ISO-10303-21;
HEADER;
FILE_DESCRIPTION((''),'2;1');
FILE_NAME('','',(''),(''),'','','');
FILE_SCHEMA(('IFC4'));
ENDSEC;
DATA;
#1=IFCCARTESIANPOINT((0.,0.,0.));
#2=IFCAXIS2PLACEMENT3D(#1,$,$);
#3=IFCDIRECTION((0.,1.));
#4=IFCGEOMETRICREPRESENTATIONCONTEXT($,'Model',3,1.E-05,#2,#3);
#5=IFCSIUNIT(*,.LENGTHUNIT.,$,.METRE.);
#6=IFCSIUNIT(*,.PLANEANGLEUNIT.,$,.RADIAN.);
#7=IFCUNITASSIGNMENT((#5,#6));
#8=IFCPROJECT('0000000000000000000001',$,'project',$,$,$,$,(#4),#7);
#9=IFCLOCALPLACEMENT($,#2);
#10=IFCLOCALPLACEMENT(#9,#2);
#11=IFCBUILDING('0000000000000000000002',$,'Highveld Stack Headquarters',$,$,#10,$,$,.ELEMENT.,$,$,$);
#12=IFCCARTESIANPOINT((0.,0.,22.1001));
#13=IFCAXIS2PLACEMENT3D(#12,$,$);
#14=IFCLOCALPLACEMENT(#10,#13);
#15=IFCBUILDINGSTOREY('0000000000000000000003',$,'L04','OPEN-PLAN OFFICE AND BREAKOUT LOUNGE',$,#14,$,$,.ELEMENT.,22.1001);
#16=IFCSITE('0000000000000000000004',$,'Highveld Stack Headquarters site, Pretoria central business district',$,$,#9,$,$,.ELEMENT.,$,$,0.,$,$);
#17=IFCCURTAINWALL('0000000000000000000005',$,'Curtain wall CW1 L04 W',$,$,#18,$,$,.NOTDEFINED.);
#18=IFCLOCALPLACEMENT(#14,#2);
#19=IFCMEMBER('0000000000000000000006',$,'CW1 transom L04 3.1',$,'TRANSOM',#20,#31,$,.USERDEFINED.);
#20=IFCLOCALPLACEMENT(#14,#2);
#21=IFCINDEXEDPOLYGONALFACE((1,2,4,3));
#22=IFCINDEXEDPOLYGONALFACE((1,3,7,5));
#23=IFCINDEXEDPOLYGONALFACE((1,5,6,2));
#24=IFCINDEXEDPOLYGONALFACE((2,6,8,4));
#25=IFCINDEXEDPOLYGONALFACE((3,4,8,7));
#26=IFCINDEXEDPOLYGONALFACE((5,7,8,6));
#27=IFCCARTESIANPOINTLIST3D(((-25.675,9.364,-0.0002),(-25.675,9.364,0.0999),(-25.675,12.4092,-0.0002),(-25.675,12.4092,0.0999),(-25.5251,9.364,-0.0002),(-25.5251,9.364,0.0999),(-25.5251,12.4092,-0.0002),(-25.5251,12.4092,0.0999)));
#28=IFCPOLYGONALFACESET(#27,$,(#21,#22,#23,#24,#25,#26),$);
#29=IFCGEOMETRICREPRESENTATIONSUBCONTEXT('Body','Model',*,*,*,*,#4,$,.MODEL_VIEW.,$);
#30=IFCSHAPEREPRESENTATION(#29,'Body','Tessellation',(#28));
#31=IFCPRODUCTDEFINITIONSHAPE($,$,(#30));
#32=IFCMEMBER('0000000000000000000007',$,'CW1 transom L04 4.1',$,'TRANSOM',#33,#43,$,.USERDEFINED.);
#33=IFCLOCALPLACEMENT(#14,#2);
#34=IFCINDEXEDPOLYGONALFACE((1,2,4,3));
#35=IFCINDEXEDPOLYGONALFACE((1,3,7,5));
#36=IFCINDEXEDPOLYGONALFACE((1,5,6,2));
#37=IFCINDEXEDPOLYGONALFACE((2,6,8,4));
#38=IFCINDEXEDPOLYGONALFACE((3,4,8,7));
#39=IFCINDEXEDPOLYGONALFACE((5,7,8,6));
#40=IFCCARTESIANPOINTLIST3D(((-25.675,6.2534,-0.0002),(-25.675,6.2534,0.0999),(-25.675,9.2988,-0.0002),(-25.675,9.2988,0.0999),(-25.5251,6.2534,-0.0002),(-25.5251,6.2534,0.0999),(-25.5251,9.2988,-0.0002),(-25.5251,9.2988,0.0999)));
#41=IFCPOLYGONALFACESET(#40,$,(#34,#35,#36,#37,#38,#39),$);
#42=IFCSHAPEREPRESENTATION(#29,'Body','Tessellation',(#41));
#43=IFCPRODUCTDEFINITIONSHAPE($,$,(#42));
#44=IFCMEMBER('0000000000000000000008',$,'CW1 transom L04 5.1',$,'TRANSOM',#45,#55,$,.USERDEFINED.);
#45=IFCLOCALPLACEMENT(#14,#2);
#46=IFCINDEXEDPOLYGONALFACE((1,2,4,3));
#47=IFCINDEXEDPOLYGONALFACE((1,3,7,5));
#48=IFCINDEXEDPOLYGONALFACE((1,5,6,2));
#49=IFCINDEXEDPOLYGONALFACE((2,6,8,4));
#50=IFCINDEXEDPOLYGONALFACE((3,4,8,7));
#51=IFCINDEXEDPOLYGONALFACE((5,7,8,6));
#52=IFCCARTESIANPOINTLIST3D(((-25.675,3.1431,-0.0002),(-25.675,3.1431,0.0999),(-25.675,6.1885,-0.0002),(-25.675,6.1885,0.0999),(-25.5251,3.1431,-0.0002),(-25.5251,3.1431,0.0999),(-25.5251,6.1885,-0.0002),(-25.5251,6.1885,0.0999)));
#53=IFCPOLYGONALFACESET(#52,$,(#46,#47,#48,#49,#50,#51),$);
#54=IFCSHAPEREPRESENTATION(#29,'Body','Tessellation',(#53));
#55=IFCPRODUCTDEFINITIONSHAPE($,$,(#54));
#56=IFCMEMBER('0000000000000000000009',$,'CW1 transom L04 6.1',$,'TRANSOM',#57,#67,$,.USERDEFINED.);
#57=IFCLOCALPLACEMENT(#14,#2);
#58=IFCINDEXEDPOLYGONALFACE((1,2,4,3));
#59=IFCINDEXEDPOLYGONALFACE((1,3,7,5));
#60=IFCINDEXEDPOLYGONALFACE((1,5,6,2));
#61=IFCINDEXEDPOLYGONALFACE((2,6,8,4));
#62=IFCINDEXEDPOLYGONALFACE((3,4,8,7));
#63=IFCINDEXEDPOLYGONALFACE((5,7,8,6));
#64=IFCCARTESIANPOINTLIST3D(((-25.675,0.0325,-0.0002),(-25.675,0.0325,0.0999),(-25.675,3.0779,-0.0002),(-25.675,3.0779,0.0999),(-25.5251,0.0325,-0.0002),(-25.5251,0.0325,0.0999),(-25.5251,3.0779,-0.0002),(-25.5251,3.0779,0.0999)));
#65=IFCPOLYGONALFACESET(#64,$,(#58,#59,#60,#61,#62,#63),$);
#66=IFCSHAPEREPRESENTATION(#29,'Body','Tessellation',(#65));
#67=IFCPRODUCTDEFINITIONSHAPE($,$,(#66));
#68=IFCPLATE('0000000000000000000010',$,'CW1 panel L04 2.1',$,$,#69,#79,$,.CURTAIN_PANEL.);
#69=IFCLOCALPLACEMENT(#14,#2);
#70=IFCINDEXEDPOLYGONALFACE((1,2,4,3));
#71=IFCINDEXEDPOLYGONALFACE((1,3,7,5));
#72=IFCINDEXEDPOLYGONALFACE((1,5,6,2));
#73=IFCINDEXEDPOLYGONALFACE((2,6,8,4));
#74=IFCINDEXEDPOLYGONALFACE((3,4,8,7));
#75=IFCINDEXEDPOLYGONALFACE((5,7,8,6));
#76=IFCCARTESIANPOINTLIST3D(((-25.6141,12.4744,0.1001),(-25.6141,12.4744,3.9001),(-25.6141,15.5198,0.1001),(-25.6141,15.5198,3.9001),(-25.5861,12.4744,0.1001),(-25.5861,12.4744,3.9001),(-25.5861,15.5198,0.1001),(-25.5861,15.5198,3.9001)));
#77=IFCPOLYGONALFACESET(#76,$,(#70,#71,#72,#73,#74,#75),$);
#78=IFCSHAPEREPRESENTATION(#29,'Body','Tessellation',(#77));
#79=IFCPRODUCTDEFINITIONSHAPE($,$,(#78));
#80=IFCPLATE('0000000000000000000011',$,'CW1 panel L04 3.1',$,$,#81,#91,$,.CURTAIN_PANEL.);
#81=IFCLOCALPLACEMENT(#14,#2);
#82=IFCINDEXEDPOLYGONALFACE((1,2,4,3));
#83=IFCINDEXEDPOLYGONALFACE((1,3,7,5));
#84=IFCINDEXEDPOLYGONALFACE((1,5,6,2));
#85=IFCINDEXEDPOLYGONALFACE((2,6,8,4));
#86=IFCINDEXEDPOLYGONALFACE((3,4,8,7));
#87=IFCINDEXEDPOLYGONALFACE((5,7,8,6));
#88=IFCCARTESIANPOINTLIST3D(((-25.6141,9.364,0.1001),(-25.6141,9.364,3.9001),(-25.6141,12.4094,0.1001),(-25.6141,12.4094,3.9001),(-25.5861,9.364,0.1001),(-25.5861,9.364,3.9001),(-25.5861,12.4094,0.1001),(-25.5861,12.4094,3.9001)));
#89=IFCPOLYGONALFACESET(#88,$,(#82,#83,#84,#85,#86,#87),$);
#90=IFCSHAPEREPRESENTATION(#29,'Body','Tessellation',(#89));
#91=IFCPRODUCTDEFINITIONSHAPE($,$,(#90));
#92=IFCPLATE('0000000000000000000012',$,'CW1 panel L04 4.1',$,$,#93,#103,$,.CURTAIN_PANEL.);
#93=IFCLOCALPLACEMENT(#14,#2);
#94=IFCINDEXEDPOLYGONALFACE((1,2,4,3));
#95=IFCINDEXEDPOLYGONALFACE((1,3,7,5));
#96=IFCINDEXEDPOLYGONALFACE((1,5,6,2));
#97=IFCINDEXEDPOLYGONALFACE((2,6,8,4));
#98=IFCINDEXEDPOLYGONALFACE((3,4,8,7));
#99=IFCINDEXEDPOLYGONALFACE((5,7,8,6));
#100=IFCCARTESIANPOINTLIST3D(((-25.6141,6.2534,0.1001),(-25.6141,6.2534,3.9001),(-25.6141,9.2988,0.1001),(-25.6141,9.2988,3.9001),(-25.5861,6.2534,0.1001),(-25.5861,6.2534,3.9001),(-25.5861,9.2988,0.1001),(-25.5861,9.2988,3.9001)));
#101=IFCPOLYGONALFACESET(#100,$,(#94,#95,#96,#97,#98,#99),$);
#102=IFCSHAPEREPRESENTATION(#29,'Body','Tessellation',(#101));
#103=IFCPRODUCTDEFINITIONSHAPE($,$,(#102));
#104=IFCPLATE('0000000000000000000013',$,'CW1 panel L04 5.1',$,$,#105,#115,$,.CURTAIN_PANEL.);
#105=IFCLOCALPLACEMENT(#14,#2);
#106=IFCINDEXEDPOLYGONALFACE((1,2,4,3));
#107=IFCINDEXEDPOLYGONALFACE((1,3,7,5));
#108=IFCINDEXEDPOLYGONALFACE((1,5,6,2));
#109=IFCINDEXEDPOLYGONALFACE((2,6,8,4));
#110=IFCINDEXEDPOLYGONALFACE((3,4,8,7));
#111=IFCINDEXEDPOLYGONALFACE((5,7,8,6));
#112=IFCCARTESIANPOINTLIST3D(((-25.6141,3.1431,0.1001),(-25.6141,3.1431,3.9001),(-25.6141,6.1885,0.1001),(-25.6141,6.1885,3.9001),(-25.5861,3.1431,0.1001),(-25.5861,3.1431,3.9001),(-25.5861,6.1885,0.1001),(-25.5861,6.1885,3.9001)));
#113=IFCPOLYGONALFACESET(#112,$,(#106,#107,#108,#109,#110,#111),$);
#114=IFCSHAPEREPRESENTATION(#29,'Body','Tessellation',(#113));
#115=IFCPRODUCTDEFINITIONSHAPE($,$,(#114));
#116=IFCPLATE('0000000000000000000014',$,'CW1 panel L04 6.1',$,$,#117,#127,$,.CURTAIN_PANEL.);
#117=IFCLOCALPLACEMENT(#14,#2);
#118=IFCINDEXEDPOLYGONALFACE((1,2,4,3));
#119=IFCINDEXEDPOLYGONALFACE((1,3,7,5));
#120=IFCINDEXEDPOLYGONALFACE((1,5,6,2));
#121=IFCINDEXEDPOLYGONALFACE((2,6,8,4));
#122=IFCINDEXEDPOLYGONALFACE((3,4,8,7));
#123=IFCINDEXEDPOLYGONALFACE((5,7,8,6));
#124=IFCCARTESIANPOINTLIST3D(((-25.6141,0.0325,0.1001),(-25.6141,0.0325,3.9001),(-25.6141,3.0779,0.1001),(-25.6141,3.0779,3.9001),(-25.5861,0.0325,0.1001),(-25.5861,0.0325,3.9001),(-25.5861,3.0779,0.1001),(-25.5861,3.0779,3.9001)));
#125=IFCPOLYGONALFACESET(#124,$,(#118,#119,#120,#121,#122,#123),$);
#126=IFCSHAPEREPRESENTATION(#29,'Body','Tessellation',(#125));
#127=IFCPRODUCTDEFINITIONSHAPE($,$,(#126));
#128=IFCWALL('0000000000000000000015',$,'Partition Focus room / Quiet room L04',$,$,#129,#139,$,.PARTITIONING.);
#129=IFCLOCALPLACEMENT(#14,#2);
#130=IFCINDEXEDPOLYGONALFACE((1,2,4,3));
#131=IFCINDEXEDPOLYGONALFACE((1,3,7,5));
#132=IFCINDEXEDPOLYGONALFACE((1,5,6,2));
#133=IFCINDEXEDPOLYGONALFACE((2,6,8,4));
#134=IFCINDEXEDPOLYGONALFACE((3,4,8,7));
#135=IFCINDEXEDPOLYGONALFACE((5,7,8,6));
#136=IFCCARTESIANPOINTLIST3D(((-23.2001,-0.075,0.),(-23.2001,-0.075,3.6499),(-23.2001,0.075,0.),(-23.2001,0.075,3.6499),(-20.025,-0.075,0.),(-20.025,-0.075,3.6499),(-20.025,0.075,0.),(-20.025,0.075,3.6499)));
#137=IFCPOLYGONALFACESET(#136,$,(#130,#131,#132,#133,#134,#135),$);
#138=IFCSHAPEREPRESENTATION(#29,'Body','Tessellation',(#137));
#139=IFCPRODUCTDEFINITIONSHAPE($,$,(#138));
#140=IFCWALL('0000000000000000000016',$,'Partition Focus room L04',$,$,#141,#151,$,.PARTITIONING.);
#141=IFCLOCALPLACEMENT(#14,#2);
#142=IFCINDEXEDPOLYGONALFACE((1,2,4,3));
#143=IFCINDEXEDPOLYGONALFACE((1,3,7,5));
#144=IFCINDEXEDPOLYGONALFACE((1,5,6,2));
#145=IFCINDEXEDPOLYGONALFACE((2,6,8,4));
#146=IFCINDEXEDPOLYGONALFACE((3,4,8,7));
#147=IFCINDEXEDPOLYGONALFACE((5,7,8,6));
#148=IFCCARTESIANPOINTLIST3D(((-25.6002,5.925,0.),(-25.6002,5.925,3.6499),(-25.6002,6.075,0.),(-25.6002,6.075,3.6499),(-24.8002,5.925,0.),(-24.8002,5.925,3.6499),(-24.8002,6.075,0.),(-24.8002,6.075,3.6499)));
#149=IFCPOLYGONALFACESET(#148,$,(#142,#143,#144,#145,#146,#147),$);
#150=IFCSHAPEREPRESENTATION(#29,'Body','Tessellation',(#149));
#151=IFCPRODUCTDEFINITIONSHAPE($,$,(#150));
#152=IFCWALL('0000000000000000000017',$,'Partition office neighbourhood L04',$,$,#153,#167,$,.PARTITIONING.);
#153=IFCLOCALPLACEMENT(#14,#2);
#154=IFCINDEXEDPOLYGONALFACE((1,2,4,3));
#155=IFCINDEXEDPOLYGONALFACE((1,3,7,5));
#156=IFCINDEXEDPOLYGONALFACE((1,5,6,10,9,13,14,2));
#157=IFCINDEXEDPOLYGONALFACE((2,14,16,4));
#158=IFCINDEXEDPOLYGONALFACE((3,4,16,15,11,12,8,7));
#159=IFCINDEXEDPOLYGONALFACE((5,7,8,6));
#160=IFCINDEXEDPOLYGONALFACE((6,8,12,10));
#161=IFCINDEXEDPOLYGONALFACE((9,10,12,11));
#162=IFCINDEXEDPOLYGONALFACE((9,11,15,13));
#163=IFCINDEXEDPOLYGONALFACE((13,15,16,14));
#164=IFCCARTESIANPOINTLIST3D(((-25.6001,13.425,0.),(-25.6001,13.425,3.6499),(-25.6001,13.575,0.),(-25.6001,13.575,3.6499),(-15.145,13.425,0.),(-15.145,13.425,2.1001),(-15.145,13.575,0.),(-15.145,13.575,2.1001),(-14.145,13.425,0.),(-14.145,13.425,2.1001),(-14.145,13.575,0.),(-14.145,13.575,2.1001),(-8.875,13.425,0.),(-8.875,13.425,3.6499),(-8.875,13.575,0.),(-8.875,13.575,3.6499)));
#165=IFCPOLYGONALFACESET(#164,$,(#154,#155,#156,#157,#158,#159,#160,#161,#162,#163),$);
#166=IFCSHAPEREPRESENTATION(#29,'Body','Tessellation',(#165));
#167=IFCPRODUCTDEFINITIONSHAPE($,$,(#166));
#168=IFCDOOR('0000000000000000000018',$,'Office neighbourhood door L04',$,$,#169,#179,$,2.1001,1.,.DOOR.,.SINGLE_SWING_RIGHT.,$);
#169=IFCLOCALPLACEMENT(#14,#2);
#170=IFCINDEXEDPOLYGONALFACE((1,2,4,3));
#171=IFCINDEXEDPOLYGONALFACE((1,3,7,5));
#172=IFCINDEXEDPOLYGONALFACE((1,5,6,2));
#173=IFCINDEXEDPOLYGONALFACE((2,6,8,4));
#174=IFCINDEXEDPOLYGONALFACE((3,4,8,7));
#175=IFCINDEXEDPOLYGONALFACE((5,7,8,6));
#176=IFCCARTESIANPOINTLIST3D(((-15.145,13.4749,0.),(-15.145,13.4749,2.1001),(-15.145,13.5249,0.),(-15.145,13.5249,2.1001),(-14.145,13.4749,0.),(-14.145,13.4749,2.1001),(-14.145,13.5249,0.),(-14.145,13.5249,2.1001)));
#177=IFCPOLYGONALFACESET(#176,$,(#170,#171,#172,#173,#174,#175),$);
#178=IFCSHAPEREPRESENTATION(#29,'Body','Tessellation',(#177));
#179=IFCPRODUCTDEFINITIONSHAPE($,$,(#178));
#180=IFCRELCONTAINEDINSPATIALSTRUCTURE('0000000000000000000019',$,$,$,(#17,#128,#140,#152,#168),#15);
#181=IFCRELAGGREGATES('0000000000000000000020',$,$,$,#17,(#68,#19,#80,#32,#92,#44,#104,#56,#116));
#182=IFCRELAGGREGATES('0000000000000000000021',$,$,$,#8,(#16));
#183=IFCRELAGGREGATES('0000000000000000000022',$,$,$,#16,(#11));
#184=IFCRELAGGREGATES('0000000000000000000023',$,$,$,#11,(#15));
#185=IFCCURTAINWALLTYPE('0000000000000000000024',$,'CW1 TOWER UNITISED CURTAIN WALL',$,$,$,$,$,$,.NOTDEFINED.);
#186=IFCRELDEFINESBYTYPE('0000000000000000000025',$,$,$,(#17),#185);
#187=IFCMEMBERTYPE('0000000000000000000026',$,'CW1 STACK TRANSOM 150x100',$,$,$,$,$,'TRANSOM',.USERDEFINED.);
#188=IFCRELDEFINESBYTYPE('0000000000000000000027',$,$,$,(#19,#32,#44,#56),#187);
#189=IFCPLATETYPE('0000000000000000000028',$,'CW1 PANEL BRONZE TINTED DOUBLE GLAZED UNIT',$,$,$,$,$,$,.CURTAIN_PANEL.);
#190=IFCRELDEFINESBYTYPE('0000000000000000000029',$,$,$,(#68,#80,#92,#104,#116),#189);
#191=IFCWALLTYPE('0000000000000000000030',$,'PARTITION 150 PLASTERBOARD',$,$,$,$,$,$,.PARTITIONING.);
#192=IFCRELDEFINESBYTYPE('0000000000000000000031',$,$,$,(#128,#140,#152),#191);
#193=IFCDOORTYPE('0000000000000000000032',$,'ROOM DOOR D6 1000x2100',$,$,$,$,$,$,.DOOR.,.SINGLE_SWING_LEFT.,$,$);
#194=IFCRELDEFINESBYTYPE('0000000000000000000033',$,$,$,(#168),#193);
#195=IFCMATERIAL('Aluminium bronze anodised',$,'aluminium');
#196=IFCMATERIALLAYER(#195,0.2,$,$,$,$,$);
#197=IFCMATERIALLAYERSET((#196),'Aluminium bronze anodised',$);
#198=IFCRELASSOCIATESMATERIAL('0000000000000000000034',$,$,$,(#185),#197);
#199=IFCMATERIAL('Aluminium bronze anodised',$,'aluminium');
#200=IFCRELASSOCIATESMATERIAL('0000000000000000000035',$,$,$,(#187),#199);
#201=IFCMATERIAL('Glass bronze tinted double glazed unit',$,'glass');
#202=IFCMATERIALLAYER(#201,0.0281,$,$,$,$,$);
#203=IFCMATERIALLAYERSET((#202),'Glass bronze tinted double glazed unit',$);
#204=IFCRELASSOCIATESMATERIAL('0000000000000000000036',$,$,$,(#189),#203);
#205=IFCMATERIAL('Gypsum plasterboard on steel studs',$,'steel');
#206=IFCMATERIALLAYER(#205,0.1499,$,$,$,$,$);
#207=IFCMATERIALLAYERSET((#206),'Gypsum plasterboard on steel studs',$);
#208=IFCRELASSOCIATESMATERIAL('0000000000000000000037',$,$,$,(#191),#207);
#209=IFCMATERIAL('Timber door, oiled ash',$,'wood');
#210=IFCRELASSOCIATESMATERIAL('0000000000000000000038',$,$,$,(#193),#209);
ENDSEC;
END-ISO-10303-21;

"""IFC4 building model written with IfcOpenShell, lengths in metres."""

from ifc_helpers import new_model, si_unit, direction, frame, frame_2d, origin, origin_2d, place, context, subcontext, project, spatial, rectangle, extrude, material, layer, layer_set, material_profile, profile_set, type_object, element, fill, aggregate, save


model = new_model("IFC4")

# Units and contexts
model_context = context("Model", 3, precision=1e-05, world=origin(), true_north=direction((0.0, 1.0)))
body_context = subcontext(model_context, "Body", "Model", "MODEL_VIEW")
ifc_project = project(units=[si_unit("LENGTHUNIT", "METRE"), si_unit("PLANEANGLEUNIT", "RADIAN")], contexts=[model_context])

# Site, building, storey
site_placement = place(None, origin())
site = spatial("IfcSite", under=ifc_project, at=site_placement, Name="Highveld Stack Headquarters site, Pretoria central business district", CompositionType="ELEMENT", RefElevation=0.0)
building_placement = place(site_placement, origin())
building = spatial("IfcBuilding", under=site, at=building_placement, Name="Highveld Stack Headquarters", CompositionType="ELEMENT")
storey_placement = place(building_placement, frame((0.0, 0.0, 22.1001)))
storey = spatial("IfcBuildingStorey", under=building, at=storey_placement, Name="L04", Description="OPEN-PLAN OFFICE AND BREAKOUT LOUNGE", CompositionType="ELEMENT", Elevation=22.1001)

# Curtain wall, members, plates
ifc_material_1 = material(Name="Aluminium bronze anodised", Category="aluminium")
ifc_layer_1 = layer(ifc_material_1, 0.2)
ifc_layer_set_1 = layer_set([ifc_layer_1], Name="Aluminium bronze anodised")
curtain_wall_type = type_object("IfcCurtainWallType", Name="CW1 TOWER UNITISED CURTAIN WALL", PredefinedType="NOTDEFINED", material=ifc_layer_set_1)
curtain_wall_placement = place(storey_placement, origin())
curtain_wall = element("IfcCurtainWall", 1, at=curtain_wall_placement, inside=storey, type_object=curtain_wall_type, Name="Curtain wall CW1 L04 W", PredefinedType="NOTDEFINED")
ifc_material_2 = material(Name="Aluminium bronze anodised", Category="aluminium")
ifc_material_profile_1 = material_profile(ifc_material_2, rectangle(XDim=0.1499, YDim=0.1001, at=origin_2d()), Name="CW1 TRANSOM 150x100")
ifc_profile_set_1 = profile_set([ifc_material_profile_1], Name="Aluminium bronze anodised")
member_type_1 = type_object("IfcMemberType", Name="CW1 STACK TRANSOM 150x100", ElementType="TRANSOM", PredefinedType="USERDEFINED", material=ifc_profile_set_1)
member_1_placement = place(storey_placement, frame((-25.6001, 12.4092, 0.0498), z_axis=(0.0, -1.0, 0.0), x_axis=(1.0, 0.0, 0.0)))
member_1 = element("IfcMember", 2, at=member_1_placement, type_object=member_type_1, Name="CW1 transom L04 3.1", ObjectType="TRANSOM", PredefinedType="USERDEFINED", context=body_context, shape_type="SweptSolid", body=[
    extrude(rectangle(XDim=0.1499, YDim=0.1001, at=origin_2d()), origin(), (0.0, 0.0, 1.0), 3.0452),
])
member_2_placement = place(storey_placement, frame((-25.6001, 9.2988, 0.0498), z_axis=(0.0, -1.0, 0.0), x_axis=(1.0, 0.0, 0.0)))
member_2 = element("IfcMember", 3, at=member_2_placement, type_object=member_type_1, Name="CW1 transom L04 4.1", ObjectType="TRANSOM", PredefinedType="USERDEFINED", context=body_context, shape_type="SweptSolid", body=[
    extrude(rectangle(XDim=0.1499, YDim=0.1001, at=origin_2d()), origin(), (0.0, 0.0, 1.0), 3.0454),
])
member_3_placement = place(storey_placement, frame((-25.6001, 6.1885, 0.0498), z_axis=(0.0, -1.0, 0.0), x_axis=(1.0, 0.0, 0.0)))
member_3 = element("IfcMember", 4, at=member_3_placement, type_object=member_type_1, Name="CW1 transom L04 5.1", ObjectType="TRANSOM", PredefinedType="USERDEFINED", context=body_context, shape_type="SweptSolid", body=[
    extrude(rectangle(XDim=0.1499, YDim=0.1001, at=origin_2d()), origin(), (0.0, 0.0, 1.0), 3.0454),
])
member_4_placement = place(storey_placement, frame((-25.6001, 3.0779, 0.0498), z_axis=(0.0, -1.0, 0.0), x_axis=(1.0, 0.0, 0.0)))
member_4 = element("IfcMember", 5, at=member_4_placement, type_object=member_type_1, Name="CW1 transom L04 6.1", ObjectType="TRANSOM", PredefinedType="USERDEFINED", context=body_context, shape_type="SweptSolid", body=[
    extrude(rectangle(XDim=0.1499, YDim=0.1001, at=origin_2d()), origin(), (0.0, 0.0, 1.0), 3.0454),
])
ifc_material_3 = material(Name="Glass bronze tinted double glazed unit", Category="glass")
ifc_layer_2 = layer(ifc_material_3, 0.0281)
ifc_layer_set_2 = layer_set([ifc_layer_2], Name="Glass bronze tinted double glazed unit")
plate_type = type_object("IfcPlateType", Name="CW1 PANEL BRONZE TINTED DOUBLE GLAZED UNIT", PredefinedType="CURTAIN_PANEL", material=ifc_layer_set_2)
plate_1_placement = place(storey_placement, frame((-25.6001, 13.9971, 0.1001), z_axis=(0.0, 0.0, 1.0), x_axis=(0.0, -1.0, 0.0)))
plate_1 = element("IfcPlate", 6, at=plate_1_placement, type_object=plate_type, Name="CW1 panel L04 2.1", PredefinedType="CURTAIN_PANEL", context=body_context, shape_type="SweptSolid", body=[
    extrude(rectangle(XDim=3.0454, YDim=0.0281, at=origin_2d()), origin(), (0.0, 0.0, 1.0), 3.8),
])
plate_2_placement = place(storey_placement, frame((-25.6001, 10.8867, 0.1001), z_axis=(0.0, 0.0, 1.0), x_axis=(0.0, -1.0, 0.0)))
plate_2 = element("IfcPlate", 7, at=plate_2_placement, type_object=plate_type, Name="CW1 panel L04 3.1", PredefinedType="CURTAIN_PANEL", context=body_context, shape_type="SweptSolid", body=[
    extrude(rectangle(XDim=3.0454, YDim=0.0281, at=origin_2d()), origin(), (0.0, 0.0, 1.0), 3.8),
])
plate_3_placement = place(storey_placement, frame((-25.6001, 7.7761, 0.1001), z_axis=(0.0, 0.0, 1.0), x_axis=(0.0, -1.0, 0.0)))
plate_3 = element("IfcPlate", 8, at=plate_3_placement, type_object=plate_type, Name="CW1 panel L04 4.1", PredefinedType="CURTAIN_PANEL", context=body_context, shape_type="SweptSolid", body=[
    extrude(rectangle(XDim=3.0454, YDim=0.0281, at=origin_2d()), origin(), (0.0, 0.0, 1.0), 3.8),
])
plate_4_placement = place(storey_placement, frame((-25.6001, 4.6658, 0.1001), z_axis=(0.0, 0.0, 1.0), x_axis=(0.0, -1.0, 0.0)))
plate_4 = element("IfcPlate", 9, at=plate_4_placement, type_object=plate_type, Name="CW1 panel L04 5.1", PredefinedType="CURTAIN_PANEL", context=body_context, shape_type="SweptSolid", body=[
    extrude(rectangle(XDim=3.0454, YDim=0.0281, at=origin_2d()), origin(), (0.0, 0.0, 1.0), 3.8),
])
plate_5_placement = place(storey_placement, frame((-25.6001, 1.5552, 0.1001), z_axis=(0.0, 0.0, 1.0), x_axis=(0.0, -1.0, 0.0)))
plate_5 = element("IfcPlate", 10, at=plate_5_placement, type_object=plate_type, Name="CW1 panel L04 6.1", PredefinedType="CURTAIN_PANEL", context=body_context, shape_type="SweptSolid", body=[
    extrude(rectangle(XDim=3.0454, YDim=0.0281, at=origin_2d()), origin(), (0.0, 0.0, 1.0), 3.8),
])
aggregate(curtain_wall, [plate_1, member_1, plate_2, member_2, plate_3, member_3, plate_4, member_4, plate_5])

# Walls
ifc_material_4 = material(Name="Gypsum plasterboard on steel studs", Category="steel")
ifc_layer_3 = layer(ifc_material_4, 0.1499)
ifc_layer_set_3 = layer_set([ifc_layer_3], Name="Gypsum plasterboard on steel studs")
wall_type = type_object("IfcWallType", Name="PARTITION 150 PLASTERBOARD", PredefinedType="PARTITIONING", material=ifc_layer_set_3)
wall_1_placement = place(storey_placement, frame((-23.2, 0.0, 0.0), z_axis=(0.0, 0.0, 1.0), x_axis=(1.0, 0.0, 0.0)))
element("IfcWall", 11, at=wall_1_placement, inside=storey, type_object=wall_type, Name="Partition Focus room / Quiet room L04", PredefinedType="PARTITIONING", context=body_context, shape_type="SweptSolid", body=[
    extrude(rectangle(XDim=3.175, YDim=0.1499, at=frame_2d((1.5874, 0.0))), origin(), (0.0, 0.0, 1.0), 3.6499),
])
wall_2_placement = place(storey_placement, frame((-25.6001, 6.0, 0.0), z_axis=(0.0, 0.0, 1.0), x_axis=(1.0, 0.0, 0.0)))
element("IfcWall", 12, at=wall_2_placement, inside=storey, type_object=wall_type, Name="Partition Focus room L04", PredefinedType="PARTITIONING", context=body_context, shape_type="SweptSolid", body=[
    extrude(rectangle(XDim=0.8, YDim=0.1499, at=frame_2d((0.3999, 0.0))), origin(), (0.0, 0.0, 1.0), 3.6499),
])

# Wall, opening, door
wall_3_placement = place(storey_placement, frame((-25.6001, 13.5, 0.0), z_axis=(0.0, 0.0, 1.0), x_axis=(1.0, 0.0, 0.0)))
wall_3 = element("IfcWall", 13, at=wall_3_placement, inside=storey, type_object=wall_type, Name="Partition office neighbourhood L04", PredefinedType="PARTITIONING", context=body_context, shape_type="SweptSolid", body=[
    extrude(rectangle(XDim=16.7251, YDim=0.1499, at=frame_2d((8.3625, 0.0))), origin(), (0.0, 0.0, 1.0), 3.6499),
])
opening_placement = place(wall_3_placement, frame((10.4551, 0.0, 0.0)))
opening = element("IfcOpeningElement", 14, at=opening_placement, cuts=wall_3, PredefinedType="OPENING", context=body_context, shape_type="SweptSolid", body=[
    extrude(rectangle(XDim=1.0, YDim=2.1001, at=frame_2d((0.5, 1.05))), frame((0.0, 0.085, 0.0), z_axis=(0.0, -1.0, 0.0), x_axis=(1.0, 0.0, 0.0)), (0.0, 0.0, 1.0), 0.1699),
])
ifc_material_5 = material(Name="Timber door, oiled ash", Category="wood")
door_type = type_object("IfcDoorType", Name="ROOM DOOR D6 1000x2100", OperationType="SINGLE_SWING_LEFT", PredefinedType="DOOR", material=ifc_material_5)
door_placement = place(opening_placement, origin())
door = element("IfcDoor", 15, at=door_placement, inside=storey, type_object=door_type, Name="Office neighbourhood door L04", OperationType="SINGLE_SWING_RIGHT", OverallHeight=2.1001, OverallWidth=1.0, PredefinedType="DOOR", context=body_context, shape_type="SweptSolid", body=[
    extrude(rectangle(XDim=1.0, YDim=2.1001, at=frame_2d((0.5, 1.05))), frame((0.0, 0.0249, 0.0), z_axis=(0.0, -1.0, 0.0), x_axis=(1.0, 0.0, 0.0)), (0.0, 0.0, 1.0), 0.05),
])
fill(opening, door)

save(model, "model.ifc")
